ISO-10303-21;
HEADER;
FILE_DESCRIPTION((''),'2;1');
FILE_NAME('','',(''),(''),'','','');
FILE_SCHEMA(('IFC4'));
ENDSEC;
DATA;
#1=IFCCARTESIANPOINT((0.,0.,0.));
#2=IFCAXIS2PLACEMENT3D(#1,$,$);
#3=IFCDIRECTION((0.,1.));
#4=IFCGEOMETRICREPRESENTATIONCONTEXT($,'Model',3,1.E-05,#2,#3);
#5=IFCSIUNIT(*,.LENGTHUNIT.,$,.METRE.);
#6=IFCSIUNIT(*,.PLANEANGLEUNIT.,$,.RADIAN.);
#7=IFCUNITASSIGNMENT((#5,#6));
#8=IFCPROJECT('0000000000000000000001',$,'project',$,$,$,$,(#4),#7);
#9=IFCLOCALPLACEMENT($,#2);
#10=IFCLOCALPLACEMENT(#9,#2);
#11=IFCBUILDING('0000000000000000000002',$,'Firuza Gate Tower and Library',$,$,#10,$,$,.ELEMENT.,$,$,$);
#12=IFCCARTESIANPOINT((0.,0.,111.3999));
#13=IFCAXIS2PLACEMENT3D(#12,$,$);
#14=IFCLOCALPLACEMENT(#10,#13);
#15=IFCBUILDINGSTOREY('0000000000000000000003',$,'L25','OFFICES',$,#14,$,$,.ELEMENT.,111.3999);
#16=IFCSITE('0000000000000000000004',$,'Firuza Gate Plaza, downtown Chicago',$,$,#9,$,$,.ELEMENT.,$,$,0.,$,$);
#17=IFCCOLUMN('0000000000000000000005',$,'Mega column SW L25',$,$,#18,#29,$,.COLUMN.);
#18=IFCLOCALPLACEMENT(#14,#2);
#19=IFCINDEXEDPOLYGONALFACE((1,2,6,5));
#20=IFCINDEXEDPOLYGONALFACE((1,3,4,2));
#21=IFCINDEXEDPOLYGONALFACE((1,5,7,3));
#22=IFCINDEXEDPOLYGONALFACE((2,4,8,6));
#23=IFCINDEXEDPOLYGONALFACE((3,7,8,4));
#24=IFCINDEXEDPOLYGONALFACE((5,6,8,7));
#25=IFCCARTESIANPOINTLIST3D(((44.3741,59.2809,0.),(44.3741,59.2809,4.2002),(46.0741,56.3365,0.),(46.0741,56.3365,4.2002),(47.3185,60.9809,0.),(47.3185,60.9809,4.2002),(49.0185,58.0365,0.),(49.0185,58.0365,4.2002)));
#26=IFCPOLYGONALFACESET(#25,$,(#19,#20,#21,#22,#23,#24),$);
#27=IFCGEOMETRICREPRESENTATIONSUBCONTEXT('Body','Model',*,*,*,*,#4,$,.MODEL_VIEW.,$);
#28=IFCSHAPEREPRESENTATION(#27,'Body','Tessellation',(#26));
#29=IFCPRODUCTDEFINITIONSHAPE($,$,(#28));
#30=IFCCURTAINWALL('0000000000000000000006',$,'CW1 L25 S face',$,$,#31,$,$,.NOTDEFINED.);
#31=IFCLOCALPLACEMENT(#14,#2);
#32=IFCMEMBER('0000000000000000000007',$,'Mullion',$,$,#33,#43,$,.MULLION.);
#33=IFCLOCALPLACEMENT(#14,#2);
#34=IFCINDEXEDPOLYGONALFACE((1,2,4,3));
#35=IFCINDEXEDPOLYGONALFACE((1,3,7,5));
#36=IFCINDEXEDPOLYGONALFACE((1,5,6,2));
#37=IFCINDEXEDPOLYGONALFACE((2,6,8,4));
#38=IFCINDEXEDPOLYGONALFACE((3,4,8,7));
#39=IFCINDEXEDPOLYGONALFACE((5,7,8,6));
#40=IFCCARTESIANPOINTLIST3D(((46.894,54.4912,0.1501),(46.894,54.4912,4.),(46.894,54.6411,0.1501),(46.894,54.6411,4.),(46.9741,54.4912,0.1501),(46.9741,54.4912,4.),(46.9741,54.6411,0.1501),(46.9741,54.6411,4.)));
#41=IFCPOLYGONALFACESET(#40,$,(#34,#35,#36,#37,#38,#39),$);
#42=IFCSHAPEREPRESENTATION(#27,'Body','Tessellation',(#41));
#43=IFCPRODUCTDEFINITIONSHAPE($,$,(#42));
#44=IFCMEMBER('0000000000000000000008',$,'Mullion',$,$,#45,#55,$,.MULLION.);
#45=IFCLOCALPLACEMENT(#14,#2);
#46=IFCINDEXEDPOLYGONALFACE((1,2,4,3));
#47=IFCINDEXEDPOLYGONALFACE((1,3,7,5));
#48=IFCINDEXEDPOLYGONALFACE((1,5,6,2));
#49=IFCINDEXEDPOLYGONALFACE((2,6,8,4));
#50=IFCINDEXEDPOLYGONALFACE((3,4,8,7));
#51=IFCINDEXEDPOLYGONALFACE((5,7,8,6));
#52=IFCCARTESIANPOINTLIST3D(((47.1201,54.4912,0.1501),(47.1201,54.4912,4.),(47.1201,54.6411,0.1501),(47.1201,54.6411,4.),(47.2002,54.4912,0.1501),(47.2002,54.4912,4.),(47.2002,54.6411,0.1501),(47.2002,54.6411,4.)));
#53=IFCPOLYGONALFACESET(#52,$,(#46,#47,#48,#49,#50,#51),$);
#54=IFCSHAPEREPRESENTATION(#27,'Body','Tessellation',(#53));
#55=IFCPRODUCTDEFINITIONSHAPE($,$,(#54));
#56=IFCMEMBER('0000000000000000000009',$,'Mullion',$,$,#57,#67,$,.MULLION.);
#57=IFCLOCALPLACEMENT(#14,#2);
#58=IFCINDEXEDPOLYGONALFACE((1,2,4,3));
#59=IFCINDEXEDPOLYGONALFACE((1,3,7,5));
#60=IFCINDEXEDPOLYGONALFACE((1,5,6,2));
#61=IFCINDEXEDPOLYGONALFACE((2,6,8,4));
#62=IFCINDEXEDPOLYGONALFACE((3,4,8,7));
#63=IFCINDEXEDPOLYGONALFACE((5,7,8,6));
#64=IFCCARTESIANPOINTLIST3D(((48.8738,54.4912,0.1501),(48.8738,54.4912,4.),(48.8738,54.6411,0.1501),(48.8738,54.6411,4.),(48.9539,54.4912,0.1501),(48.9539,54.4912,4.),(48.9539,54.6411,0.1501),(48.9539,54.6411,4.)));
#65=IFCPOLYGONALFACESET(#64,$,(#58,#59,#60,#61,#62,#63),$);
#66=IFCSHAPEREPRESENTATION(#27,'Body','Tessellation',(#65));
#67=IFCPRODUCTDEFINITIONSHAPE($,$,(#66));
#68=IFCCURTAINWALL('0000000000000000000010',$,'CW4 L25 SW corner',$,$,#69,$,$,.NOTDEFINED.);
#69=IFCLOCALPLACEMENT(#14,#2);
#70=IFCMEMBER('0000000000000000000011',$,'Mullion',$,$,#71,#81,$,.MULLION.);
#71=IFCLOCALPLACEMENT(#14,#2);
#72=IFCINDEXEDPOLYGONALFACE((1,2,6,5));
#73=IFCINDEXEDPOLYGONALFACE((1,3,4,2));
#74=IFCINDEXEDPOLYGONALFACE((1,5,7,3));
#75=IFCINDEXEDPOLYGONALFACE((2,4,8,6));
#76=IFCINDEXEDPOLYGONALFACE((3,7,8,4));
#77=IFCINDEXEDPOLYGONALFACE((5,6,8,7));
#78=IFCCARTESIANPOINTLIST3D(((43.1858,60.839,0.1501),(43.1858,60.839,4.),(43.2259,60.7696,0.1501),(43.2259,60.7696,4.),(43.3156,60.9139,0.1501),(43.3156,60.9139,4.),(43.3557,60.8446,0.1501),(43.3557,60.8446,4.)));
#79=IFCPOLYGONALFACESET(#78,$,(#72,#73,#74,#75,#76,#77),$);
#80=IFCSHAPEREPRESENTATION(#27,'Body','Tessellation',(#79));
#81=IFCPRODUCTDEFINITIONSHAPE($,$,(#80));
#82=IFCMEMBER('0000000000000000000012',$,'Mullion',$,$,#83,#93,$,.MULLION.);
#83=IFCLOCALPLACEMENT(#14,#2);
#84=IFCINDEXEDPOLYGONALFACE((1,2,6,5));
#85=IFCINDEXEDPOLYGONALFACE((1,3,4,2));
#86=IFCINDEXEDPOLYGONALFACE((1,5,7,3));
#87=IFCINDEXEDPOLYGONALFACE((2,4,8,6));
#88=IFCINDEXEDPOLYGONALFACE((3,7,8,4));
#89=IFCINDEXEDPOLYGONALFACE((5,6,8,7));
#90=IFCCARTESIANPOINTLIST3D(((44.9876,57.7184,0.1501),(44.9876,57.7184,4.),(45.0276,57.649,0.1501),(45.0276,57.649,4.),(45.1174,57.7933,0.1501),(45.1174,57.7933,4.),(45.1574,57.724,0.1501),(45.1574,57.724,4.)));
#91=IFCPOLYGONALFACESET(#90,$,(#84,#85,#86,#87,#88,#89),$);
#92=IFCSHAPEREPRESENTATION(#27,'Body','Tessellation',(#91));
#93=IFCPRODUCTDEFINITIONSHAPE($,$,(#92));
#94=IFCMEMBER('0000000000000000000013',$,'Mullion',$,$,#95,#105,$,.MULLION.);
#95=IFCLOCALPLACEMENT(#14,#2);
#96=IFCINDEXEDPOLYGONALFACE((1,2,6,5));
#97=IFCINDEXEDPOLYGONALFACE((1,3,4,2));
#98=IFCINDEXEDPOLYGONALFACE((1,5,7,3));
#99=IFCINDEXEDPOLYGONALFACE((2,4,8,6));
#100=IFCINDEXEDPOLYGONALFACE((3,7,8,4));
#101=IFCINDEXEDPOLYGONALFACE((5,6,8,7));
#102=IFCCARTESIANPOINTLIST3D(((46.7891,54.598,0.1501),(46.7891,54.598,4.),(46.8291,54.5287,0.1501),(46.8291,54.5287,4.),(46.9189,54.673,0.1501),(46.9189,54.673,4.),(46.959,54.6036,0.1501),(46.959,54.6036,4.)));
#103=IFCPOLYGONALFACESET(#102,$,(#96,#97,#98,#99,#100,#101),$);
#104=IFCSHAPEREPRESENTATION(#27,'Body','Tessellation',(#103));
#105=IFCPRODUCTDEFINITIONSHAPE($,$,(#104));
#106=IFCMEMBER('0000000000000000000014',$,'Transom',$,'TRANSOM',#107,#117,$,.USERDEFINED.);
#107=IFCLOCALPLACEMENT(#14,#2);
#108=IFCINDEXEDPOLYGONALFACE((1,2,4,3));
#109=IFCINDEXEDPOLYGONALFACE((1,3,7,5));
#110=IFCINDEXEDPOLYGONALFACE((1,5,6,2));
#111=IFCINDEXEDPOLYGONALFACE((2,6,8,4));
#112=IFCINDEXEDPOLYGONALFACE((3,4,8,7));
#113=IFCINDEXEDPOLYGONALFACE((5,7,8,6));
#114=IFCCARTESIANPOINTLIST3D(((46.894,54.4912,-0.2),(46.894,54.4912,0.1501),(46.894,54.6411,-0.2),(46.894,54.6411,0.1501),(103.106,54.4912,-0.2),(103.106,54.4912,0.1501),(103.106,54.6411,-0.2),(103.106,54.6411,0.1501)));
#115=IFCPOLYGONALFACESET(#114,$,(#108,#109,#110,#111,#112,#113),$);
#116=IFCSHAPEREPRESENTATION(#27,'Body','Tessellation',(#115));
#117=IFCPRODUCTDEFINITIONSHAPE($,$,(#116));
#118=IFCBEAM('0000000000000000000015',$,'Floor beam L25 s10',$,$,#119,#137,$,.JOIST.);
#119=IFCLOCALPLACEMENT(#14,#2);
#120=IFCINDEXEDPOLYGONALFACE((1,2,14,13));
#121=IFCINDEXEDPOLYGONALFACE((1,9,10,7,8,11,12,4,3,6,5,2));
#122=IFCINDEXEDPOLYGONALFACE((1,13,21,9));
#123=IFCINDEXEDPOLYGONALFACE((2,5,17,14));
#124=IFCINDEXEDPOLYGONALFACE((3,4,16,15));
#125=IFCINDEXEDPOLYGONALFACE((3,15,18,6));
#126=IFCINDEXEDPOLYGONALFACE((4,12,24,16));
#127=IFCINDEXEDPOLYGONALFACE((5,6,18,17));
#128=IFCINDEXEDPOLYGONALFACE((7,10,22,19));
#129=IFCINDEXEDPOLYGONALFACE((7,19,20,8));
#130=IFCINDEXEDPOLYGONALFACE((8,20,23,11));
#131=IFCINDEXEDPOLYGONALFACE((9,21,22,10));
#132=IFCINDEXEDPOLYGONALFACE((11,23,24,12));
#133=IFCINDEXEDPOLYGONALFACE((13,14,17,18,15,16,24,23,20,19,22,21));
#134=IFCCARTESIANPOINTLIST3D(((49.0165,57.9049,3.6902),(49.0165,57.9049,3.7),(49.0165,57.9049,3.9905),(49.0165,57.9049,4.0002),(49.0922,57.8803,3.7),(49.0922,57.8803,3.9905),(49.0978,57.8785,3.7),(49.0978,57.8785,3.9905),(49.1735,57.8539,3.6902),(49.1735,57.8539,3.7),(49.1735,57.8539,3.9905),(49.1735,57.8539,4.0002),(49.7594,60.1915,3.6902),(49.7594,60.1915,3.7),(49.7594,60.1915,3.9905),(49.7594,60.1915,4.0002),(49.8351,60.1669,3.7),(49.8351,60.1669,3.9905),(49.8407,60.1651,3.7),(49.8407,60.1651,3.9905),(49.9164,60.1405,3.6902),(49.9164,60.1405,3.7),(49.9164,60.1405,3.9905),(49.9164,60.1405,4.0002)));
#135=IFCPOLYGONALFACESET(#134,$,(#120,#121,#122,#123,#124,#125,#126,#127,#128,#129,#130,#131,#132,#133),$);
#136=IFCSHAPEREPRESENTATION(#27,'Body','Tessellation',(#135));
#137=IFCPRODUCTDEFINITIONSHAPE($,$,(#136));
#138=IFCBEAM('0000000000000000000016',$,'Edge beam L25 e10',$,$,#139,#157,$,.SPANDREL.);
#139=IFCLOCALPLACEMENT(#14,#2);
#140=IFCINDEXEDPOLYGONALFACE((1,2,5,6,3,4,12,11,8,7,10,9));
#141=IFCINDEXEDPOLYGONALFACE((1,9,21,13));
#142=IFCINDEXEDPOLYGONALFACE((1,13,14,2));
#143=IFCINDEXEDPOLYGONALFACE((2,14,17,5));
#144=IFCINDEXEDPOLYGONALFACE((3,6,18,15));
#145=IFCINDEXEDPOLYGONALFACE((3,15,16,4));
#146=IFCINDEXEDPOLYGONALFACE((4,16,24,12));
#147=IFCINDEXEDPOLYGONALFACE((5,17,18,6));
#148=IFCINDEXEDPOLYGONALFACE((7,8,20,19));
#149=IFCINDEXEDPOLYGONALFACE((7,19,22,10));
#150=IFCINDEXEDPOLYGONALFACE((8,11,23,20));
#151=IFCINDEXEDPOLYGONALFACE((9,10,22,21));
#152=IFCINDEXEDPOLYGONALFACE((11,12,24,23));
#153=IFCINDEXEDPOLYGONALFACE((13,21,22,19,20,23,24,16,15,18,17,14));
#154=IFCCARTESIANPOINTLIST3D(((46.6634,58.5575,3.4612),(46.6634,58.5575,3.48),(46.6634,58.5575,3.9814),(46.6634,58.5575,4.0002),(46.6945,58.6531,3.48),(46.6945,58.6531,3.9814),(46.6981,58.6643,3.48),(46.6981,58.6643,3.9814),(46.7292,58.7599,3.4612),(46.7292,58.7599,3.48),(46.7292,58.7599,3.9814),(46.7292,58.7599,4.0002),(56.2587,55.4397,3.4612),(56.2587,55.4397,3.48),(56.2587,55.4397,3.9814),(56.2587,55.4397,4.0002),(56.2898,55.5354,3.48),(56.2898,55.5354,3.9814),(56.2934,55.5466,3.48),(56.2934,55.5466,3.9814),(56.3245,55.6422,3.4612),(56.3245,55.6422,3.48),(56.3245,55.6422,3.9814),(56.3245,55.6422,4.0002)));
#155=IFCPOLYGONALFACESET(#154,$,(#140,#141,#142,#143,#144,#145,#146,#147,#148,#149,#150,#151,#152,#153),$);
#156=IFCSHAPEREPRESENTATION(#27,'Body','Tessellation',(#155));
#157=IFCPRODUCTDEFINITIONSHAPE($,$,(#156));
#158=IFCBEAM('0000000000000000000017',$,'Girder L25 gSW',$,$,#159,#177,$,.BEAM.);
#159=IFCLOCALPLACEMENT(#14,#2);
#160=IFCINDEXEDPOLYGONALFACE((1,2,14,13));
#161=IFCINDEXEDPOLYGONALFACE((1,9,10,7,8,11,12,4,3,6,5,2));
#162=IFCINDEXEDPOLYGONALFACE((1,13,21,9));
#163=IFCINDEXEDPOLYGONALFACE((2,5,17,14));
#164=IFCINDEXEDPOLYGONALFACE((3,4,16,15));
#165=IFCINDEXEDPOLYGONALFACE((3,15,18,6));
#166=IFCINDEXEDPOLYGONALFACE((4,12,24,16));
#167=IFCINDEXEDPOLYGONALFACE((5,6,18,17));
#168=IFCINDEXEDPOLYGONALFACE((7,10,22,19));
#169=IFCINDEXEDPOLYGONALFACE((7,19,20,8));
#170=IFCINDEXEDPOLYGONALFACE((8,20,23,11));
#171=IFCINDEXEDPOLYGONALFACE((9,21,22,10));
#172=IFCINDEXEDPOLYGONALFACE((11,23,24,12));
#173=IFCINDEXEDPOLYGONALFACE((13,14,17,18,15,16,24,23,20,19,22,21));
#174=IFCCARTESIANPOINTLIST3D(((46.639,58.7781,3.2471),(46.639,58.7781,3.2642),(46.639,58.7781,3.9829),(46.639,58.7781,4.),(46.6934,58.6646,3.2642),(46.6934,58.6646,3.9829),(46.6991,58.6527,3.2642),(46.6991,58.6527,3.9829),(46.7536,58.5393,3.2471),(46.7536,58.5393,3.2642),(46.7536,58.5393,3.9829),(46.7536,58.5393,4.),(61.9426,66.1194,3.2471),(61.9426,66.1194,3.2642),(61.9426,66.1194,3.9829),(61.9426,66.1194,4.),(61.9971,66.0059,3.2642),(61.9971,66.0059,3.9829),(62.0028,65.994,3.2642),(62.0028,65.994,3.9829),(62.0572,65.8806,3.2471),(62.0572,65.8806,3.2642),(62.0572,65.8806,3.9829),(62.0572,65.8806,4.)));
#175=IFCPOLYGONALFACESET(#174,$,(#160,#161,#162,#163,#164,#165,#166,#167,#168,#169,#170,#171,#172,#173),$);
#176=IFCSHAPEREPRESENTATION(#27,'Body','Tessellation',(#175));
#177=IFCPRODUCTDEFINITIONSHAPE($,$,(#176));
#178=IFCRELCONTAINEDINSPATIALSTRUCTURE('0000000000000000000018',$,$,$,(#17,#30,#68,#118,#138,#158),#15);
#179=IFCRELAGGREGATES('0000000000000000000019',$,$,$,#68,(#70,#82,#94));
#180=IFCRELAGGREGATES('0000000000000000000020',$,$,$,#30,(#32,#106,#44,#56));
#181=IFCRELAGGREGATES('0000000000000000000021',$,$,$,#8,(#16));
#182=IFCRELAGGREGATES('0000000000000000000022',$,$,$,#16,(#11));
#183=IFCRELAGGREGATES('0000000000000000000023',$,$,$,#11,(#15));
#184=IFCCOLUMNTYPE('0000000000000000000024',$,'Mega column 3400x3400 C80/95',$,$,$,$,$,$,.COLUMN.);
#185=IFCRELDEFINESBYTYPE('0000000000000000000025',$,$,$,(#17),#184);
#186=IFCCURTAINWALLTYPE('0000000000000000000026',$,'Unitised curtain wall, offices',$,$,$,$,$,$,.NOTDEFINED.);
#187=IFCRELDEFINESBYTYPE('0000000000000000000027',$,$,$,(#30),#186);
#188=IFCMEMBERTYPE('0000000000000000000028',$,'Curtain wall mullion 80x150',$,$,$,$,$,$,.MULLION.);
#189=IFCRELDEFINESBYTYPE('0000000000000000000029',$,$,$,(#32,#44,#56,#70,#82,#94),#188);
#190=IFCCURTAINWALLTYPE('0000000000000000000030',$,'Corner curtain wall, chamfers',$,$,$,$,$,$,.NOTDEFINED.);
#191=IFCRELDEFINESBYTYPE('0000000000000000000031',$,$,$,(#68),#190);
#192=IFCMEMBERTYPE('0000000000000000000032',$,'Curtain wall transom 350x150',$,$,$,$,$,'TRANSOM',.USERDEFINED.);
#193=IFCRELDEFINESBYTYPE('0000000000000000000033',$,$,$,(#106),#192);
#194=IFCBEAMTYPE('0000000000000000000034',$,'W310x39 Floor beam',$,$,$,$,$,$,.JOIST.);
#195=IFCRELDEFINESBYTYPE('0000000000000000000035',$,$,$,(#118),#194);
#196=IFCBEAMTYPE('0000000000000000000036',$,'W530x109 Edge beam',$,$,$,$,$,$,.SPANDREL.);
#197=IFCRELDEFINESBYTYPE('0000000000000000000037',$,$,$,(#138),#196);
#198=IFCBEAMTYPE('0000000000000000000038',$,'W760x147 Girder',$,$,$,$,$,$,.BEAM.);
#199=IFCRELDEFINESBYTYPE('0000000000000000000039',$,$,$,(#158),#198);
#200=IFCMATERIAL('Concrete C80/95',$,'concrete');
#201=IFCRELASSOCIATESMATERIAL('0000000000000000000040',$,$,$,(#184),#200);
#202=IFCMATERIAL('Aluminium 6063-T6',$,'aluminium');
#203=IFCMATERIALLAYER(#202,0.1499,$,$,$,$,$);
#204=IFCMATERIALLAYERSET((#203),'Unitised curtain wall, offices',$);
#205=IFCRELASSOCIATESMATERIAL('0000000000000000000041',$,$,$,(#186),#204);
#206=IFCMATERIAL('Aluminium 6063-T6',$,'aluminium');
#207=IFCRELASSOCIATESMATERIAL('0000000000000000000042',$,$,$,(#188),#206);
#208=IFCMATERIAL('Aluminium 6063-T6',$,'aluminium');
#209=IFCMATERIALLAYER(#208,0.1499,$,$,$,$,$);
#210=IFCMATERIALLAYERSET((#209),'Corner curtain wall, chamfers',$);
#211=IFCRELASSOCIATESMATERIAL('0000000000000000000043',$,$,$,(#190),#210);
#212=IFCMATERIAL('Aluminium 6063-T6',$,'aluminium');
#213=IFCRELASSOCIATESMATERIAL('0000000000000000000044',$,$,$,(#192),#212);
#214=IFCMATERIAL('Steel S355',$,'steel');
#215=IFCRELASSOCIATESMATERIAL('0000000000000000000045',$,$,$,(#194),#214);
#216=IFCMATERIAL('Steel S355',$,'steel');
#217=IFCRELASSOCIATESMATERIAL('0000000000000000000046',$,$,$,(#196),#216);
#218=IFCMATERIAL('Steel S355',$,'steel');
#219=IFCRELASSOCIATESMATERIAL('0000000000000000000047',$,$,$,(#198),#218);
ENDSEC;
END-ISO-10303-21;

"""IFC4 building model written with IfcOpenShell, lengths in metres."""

from ifc_helpers import new_model, si_unit, direction, frame, origin, origin_2d, place, context, subcontext, project, spatial, rectangle, i_section, extrude, material, layer, layer_set, material_profile, profile_set, type_object, element, aggregate, save


model = new_model("IFC4")

# Units and contexts
model_context = context("Model", 3, precision=1e-05, world=origin(), true_north=direction((0.0, 1.0)))
body_context = subcontext(model_context, "Body", "Model", "MODEL_VIEW")
ifc_project = project(units=[si_unit("LENGTHUNIT", "METRE"), si_unit("PLANEANGLEUNIT", "RADIAN")], contexts=[model_context])

# Site, building, storey
site_placement = place(None, origin())
site = spatial("IfcSite", under=ifc_project, at=site_placement, Name="Firuza Gate Plaza, downtown Chicago", CompositionType="ELEMENT", RefElevation=0.0)
building_placement = place(site_placement, origin())
building = spatial("IfcBuilding", under=site, at=building_placement, Name="Firuza Gate Tower and Library", CompositionType="ELEMENT")
storey_placement = place(building_placement, frame((0.0, 0.0, 111.3999)))
storey = spatial("IfcBuildingStorey", under=building, at=storey_placement, Name="L25", Description="OFFICES", CompositionType="ELEMENT", Elevation=111.3999)

# Column
ifc_material_1 = material(Name="Concrete C80/95", Category="concrete")
ifc_material_profile_1 = material_profile(ifc_material_1, rectangle(XDim=3.3999, YDim=3.3999, at=origin_2d()))
ifc_profile_set_1 = profile_set([ifc_material_profile_1], Name="Concrete C80/95")
column_type = type_object("IfcColumnType", Name="Mega column 3400x3400 C80/95", PredefinedType="COLUMN", material=ifc_profile_set_1)
column_placement = place(storey_placement, frame((46.6963, 58.6587, 0.0), z_axis=(0.0, 0.0, 1.0), x_axis=(0.5, -0.866025, 0.0)))
element("IfcColumn", 1, at=column_placement, inside=storey, type_object=column_type, Name="Mega column SW L25", PredefinedType="COLUMN", context=body_context, shape_type="SweptSolid", body=[
    extrude(rectangle(XDim=3.3999, YDim=3.3999, at=origin_2d()), origin(), (0.0, 0.0, 1.0), 4.2002),
])

# Curtain walls, members
ifc_material_2 = material(Name="Aluminium 6063-T6", Category="aluminium")
ifc_layer_1 = layer(ifc_material_2, 0.1499)
ifc_layer_set_1 = layer_set([ifc_layer_1], Name="Unitised curtain wall, offices")
curtain_wall_type_1 = type_object("IfcCurtainWallType", Name="Unitised curtain wall, offices", PredefinedType="NOTDEFINED", material=ifc_layer_set_1)
placement_1 = place(storey_placement, origin())
curtain_wall_1 = element("IfcCurtainWall", 2, at=placement_1, inside=storey, type_object=curtain_wall_type_1, Name="CW1 L25 S face", PredefinedType="NOTDEFINED")
ifc_material_3 = material(Name="Aluminium 6063-T6", Category="aluminium")
ifc_material_profile_2 = material_profile(ifc_material_3, rectangle(XDim=0.1499, YDim=0.0801, at=origin_2d()))
ifc_profile_set_2 = profile_set([ifc_material_profile_2], Name="Aluminium 6063-T6")
member_type_1 = type_object("IfcMemberType", Name="Curtain wall mullion 80x150", PredefinedType="MULLION", material=ifc_profile_set_2)
member_1_placement = place(storey_placement, frame((46.9341, 54.5662, 0.1501), z_axis=(0.0, 0.0, 1.0), x_axis=(0.0, 1.0, 0.0)))
member_1 = element("IfcMember", 3, at=member_1_placement, type_object=member_type_1, Name="Mullion", PredefinedType="MULLION", context=body_context, shape_type="SweptSolid", body=[
    extrude(rectangle(XDim=0.1499, YDim=0.0801, at=origin_2d()), origin(), (0.0, 0.0, 1.0), 3.8499),
])
member_2_placement = place(storey_placement, frame((47.1602, 54.5662, 0.1501), z_axis=(0.0, 0.0, 1.0), x_axis=(0.0, 1.0, 0.0)))
member_2 = element("IfcMember", 4, at=member_2_placement, type_object=member_type_1, Name="Mullion", PredefinedType="MULLION", context=body_context, shape_type="SweptSolid", body=[
    extrude(rectangle(XDim=0.1499, YDim=0.0801, at=origin_2d()), origin(), (0.0, 0.0, 1.0), 3.8499),
])
member_3_placement = place(storey_placement, frame((48.9138, 54.5662, 0.1501), z_axis=(0.0, 0.0, 1.0), x_axis=(0.0, 1.0, 0.0)))
member_3 = element("IfcMember", 5, at=member_3_placement, type_object=member_type_1, Name="Mullion", PredefinedType="MULLION", context=body_context, shape_type="SweptSolid", body=[
    extrude(rectangle(XDim=0.1499, YDim=0.0801, at=origin_2d()), origin(), (0.0, 0.0, 1.0), 3.8499),
])
ifc_material_4 = material(Name="Aluminium 6063-T6", Category="aluminium")
ifc_layer_2 = layer(ifc_material_4, 0.1499)
ifc_layer_set_2 = layer_set([ifc_layer_2], Name="Corner curtain wall, chamfers")
curtain_wall_type_2 = type_object("IfcCurtainWallType", Name="Corner curtain wall, chamfers", PredefinedType="NOTDEFINED", material=ifc_layer_set_2)
curtain_wall_2 = element("IfcCurtainWall", 6, at=placement_1, inside=storey, type_object=curtain_wall_type_2, Name="CW4 L25 SW corner", PredefinedType="NOTDEFINED")
member_4_placement = place(storey_placement, frame((43.2708, 60.8418, 0.1501), z_axis=(0.0, 0.0, 1.0), x_axis=(0.866025, 0.5, 0.0)))
member_4 = element("IfcMember", 7, at=member_4_placement, type_object=member_type_1, Name="Mullion", PredefinedType="MULLION", context=body_context, shape_type="SweptSolid", body=[
    extrude(rectangle(XDim=0.1499, YDim=0.0801, at=origin_2d()), origin(), (0.0, 0.0, 1.0), 3.8499),
])
member_5_placement = place(storey_placement, frame((45.0725, 57.7212, 0.1501), z_axis=(0.0, 0.0, 1.0), x_axis=(0.866025, 0.5, 0.0)))
member_5 = element("IfcMember", 8, at=member_5_placement, type_object=member_type_1, Name="Mullion", PredefinedType="MULLION", context=body_context, shape_type="SweptSolid", body=[
    extrude(rectangle(XDim=0.1499, YDim=0.0801, at=origin_2d()), origin(), (0.0, 0.0, 1.0), 3.8499),
])
member_6_placement = place(storey_placement, frame((46.874, 54.6008, 0.1501), z_axis=(0.0, 0.0, 1.0), x_axis=(0.866025, 0.5, 0.0)))
member_6 = element("IfcMember", 9, at=member_6_placement, type_object=member_type_1, Name="Mullion", PredefinedType="MULLION", context=body_context, shape_type="SweptSolid", body=[
    extrude(rectangle(XDim=0.1499, YDim=0.0801, at=origin_2d()), origin(), (0.0, 0.0, 1.0), 3.8499),
])

# Member
ifc_material_5 = material(Name="Aluminium 6063-T6", Category="aluminium")
ifc_material_profile_3 = material_profile(ifc_material_5, rectangle(XDim=0.1499, YDim=0.3501, at=origin_2d()))
ifc_profile_set_3 = profile_set([ifc_material_profile_3], Name="Aluminium 6063-T6")
member_type_2 = type_object("IfcMemberType", Name="Curtain wall transom 350x150", ElementType="TRANSOM", PredefinedType="USERDEFINED", material=ifc_profile_set_3)
member_7_placement = place(storey_placement, frame((46.894, 54.5662, -0.0249), z_axis=(1.0, 0.0, 0.0), x_axis=(0.0, 1.0, 0.0)))
member_7 = element("IfcMember", 10, at=member_7_placement, type_object=member_type_2, Name="Transom", ObjectType="TRANSOM", PredefinedType="USERDEFINED", context=body_context, shape_type="SweptSolid", body=[
    extrude(rectangle(XDim=0.1499, YDim=0.3501, at=origin_2d()), origin(), (0.0, 0.0, 1.0), 56.2119),
])

# Beams
ifc_material_6 = material(Name="Steel S355", Category="steel")
ifc_material_profile_4 = material_profile(ifc_material_6, i_section(OverallWidth=0.165, OverallDepth=0.3101, WebThickness=0.0059, FlangeThickness=0.0098, at=origin_2d()))
ifc_profile_set_4 = profile_set([ifc_material_profile_4], Name="Steel S355")
beam_type_1 = type_object("IfcBeamType", Name="W310x39 Floor beam", PredefinedType="JOIST", material=ifc_profile_set_4)
beam_1_placement = place(storey_placement, frame((49.095, 57.8794, 3.8452), z_axis=(0.308999, 0.951062, 0.0), x_axis=(-0.951062, 0.308999, 0.0)))
element("IfcBeam", 11, at=beam_1_placement, inside=storey, type_object=beam_type_1, Name="Floor beam L25 s10", PredefinedType="JOIST", context=body_context, shape_type="SweptSolid", body=[
    extrude(i_section(OverallWidth=0.165, OverallDepth=0.3101, WebThickness=0.0059, FlangeThickness=0.0098, at=origin_2d()), origin(), (0.0, 0.0, 1.0), 2.4043),
])
ifc_material_7 = material(Name="Steel S355", Category="steel")
ifc_material_profile_5 = material_profile(ifc_material_7, i_section(OverallWidth=0.2129, OverallDepth=0.5391, WebThickness=0.0117, FlangeThickness=0.0188, at=origin_2d()))
ifc_profile_set_5 = profile_set([ifc_material_profile_5], Name="Steel S355")
beam_type_2 = type_object("IfcBeamType", Name="W530x109 Edge beam", PredefinedType="SPANDREL", material=ifc_profile_set_5)
beam_2_placement = place(storey_placement, frame((46.6963, 58.6587, 3.7307), z_axis=(0.951056, -0.309017, 0.0), x_axis=(0.309017, 0.951056, 0.0)))
element("IfcBeam", 12, at=beam_2_placement, inside=storey, type_object=beam_type_2, Name="Edge beam L25 e10", PredefinedType="SPANDREL", context=body_context, shape_type="SweptSolid", body=[
    extrude(i_section(OverallWidth=0.2129, OverallDepth=0.5391, WebThickness=0.0117, FlangeThickness=0.0188, at=origin_2d()), origin(), (0.0, 0.0, 1.0), 10.0891),
])
ifc_material_8 = material(Name="Steel S355", Category="steel")
ifc_material_profile_6 = material_profile(ifc_material_8, i_section(OverallWidth=0.2649, OverallDepth=0.7529, WebThickness=0.0132, FlangeThickness=0.0171, at=origin_2d()))
ifc_profile_set_6 = profile_set([ifc_material_profile_6], Name="Steel S355")
beam_type_3 = type_object("IfcBeamType", Name="W760x147 Girder", PredefinedType="BEAM", material=ifc_profile_set_6)
beam_3_placement = place(storey_placement, frame((46.6963, 58.6587, 3.6235), z_axis=(0.901626, 0.432517, 0.0), x_axis=(-0.432517, 0.901626, 0.0)))
element("IfcBeam", 13, at=beam_3_placement, inside=storey, type_object=beam_type_3, Name="Girder L25 gSW", PredefinedType="BEAM", context=body_context, shape_type="SweptSolid", body=[
    extrude(i_section(OverallWidth=0.2649, OverallDepth=0.7529, WebThickness=0.0132, FlangeThickness=0.0171, at=origin_2d()), origin(), (0.0, 0.0, 1.0), 16.9734),
])

aggregate(curtain_wall_2, [member_4, member_5, member_6])
aggregate(curtain_wall_1, [member_1, member_7, member_2, member_3])

save(model, "model.ifc")
